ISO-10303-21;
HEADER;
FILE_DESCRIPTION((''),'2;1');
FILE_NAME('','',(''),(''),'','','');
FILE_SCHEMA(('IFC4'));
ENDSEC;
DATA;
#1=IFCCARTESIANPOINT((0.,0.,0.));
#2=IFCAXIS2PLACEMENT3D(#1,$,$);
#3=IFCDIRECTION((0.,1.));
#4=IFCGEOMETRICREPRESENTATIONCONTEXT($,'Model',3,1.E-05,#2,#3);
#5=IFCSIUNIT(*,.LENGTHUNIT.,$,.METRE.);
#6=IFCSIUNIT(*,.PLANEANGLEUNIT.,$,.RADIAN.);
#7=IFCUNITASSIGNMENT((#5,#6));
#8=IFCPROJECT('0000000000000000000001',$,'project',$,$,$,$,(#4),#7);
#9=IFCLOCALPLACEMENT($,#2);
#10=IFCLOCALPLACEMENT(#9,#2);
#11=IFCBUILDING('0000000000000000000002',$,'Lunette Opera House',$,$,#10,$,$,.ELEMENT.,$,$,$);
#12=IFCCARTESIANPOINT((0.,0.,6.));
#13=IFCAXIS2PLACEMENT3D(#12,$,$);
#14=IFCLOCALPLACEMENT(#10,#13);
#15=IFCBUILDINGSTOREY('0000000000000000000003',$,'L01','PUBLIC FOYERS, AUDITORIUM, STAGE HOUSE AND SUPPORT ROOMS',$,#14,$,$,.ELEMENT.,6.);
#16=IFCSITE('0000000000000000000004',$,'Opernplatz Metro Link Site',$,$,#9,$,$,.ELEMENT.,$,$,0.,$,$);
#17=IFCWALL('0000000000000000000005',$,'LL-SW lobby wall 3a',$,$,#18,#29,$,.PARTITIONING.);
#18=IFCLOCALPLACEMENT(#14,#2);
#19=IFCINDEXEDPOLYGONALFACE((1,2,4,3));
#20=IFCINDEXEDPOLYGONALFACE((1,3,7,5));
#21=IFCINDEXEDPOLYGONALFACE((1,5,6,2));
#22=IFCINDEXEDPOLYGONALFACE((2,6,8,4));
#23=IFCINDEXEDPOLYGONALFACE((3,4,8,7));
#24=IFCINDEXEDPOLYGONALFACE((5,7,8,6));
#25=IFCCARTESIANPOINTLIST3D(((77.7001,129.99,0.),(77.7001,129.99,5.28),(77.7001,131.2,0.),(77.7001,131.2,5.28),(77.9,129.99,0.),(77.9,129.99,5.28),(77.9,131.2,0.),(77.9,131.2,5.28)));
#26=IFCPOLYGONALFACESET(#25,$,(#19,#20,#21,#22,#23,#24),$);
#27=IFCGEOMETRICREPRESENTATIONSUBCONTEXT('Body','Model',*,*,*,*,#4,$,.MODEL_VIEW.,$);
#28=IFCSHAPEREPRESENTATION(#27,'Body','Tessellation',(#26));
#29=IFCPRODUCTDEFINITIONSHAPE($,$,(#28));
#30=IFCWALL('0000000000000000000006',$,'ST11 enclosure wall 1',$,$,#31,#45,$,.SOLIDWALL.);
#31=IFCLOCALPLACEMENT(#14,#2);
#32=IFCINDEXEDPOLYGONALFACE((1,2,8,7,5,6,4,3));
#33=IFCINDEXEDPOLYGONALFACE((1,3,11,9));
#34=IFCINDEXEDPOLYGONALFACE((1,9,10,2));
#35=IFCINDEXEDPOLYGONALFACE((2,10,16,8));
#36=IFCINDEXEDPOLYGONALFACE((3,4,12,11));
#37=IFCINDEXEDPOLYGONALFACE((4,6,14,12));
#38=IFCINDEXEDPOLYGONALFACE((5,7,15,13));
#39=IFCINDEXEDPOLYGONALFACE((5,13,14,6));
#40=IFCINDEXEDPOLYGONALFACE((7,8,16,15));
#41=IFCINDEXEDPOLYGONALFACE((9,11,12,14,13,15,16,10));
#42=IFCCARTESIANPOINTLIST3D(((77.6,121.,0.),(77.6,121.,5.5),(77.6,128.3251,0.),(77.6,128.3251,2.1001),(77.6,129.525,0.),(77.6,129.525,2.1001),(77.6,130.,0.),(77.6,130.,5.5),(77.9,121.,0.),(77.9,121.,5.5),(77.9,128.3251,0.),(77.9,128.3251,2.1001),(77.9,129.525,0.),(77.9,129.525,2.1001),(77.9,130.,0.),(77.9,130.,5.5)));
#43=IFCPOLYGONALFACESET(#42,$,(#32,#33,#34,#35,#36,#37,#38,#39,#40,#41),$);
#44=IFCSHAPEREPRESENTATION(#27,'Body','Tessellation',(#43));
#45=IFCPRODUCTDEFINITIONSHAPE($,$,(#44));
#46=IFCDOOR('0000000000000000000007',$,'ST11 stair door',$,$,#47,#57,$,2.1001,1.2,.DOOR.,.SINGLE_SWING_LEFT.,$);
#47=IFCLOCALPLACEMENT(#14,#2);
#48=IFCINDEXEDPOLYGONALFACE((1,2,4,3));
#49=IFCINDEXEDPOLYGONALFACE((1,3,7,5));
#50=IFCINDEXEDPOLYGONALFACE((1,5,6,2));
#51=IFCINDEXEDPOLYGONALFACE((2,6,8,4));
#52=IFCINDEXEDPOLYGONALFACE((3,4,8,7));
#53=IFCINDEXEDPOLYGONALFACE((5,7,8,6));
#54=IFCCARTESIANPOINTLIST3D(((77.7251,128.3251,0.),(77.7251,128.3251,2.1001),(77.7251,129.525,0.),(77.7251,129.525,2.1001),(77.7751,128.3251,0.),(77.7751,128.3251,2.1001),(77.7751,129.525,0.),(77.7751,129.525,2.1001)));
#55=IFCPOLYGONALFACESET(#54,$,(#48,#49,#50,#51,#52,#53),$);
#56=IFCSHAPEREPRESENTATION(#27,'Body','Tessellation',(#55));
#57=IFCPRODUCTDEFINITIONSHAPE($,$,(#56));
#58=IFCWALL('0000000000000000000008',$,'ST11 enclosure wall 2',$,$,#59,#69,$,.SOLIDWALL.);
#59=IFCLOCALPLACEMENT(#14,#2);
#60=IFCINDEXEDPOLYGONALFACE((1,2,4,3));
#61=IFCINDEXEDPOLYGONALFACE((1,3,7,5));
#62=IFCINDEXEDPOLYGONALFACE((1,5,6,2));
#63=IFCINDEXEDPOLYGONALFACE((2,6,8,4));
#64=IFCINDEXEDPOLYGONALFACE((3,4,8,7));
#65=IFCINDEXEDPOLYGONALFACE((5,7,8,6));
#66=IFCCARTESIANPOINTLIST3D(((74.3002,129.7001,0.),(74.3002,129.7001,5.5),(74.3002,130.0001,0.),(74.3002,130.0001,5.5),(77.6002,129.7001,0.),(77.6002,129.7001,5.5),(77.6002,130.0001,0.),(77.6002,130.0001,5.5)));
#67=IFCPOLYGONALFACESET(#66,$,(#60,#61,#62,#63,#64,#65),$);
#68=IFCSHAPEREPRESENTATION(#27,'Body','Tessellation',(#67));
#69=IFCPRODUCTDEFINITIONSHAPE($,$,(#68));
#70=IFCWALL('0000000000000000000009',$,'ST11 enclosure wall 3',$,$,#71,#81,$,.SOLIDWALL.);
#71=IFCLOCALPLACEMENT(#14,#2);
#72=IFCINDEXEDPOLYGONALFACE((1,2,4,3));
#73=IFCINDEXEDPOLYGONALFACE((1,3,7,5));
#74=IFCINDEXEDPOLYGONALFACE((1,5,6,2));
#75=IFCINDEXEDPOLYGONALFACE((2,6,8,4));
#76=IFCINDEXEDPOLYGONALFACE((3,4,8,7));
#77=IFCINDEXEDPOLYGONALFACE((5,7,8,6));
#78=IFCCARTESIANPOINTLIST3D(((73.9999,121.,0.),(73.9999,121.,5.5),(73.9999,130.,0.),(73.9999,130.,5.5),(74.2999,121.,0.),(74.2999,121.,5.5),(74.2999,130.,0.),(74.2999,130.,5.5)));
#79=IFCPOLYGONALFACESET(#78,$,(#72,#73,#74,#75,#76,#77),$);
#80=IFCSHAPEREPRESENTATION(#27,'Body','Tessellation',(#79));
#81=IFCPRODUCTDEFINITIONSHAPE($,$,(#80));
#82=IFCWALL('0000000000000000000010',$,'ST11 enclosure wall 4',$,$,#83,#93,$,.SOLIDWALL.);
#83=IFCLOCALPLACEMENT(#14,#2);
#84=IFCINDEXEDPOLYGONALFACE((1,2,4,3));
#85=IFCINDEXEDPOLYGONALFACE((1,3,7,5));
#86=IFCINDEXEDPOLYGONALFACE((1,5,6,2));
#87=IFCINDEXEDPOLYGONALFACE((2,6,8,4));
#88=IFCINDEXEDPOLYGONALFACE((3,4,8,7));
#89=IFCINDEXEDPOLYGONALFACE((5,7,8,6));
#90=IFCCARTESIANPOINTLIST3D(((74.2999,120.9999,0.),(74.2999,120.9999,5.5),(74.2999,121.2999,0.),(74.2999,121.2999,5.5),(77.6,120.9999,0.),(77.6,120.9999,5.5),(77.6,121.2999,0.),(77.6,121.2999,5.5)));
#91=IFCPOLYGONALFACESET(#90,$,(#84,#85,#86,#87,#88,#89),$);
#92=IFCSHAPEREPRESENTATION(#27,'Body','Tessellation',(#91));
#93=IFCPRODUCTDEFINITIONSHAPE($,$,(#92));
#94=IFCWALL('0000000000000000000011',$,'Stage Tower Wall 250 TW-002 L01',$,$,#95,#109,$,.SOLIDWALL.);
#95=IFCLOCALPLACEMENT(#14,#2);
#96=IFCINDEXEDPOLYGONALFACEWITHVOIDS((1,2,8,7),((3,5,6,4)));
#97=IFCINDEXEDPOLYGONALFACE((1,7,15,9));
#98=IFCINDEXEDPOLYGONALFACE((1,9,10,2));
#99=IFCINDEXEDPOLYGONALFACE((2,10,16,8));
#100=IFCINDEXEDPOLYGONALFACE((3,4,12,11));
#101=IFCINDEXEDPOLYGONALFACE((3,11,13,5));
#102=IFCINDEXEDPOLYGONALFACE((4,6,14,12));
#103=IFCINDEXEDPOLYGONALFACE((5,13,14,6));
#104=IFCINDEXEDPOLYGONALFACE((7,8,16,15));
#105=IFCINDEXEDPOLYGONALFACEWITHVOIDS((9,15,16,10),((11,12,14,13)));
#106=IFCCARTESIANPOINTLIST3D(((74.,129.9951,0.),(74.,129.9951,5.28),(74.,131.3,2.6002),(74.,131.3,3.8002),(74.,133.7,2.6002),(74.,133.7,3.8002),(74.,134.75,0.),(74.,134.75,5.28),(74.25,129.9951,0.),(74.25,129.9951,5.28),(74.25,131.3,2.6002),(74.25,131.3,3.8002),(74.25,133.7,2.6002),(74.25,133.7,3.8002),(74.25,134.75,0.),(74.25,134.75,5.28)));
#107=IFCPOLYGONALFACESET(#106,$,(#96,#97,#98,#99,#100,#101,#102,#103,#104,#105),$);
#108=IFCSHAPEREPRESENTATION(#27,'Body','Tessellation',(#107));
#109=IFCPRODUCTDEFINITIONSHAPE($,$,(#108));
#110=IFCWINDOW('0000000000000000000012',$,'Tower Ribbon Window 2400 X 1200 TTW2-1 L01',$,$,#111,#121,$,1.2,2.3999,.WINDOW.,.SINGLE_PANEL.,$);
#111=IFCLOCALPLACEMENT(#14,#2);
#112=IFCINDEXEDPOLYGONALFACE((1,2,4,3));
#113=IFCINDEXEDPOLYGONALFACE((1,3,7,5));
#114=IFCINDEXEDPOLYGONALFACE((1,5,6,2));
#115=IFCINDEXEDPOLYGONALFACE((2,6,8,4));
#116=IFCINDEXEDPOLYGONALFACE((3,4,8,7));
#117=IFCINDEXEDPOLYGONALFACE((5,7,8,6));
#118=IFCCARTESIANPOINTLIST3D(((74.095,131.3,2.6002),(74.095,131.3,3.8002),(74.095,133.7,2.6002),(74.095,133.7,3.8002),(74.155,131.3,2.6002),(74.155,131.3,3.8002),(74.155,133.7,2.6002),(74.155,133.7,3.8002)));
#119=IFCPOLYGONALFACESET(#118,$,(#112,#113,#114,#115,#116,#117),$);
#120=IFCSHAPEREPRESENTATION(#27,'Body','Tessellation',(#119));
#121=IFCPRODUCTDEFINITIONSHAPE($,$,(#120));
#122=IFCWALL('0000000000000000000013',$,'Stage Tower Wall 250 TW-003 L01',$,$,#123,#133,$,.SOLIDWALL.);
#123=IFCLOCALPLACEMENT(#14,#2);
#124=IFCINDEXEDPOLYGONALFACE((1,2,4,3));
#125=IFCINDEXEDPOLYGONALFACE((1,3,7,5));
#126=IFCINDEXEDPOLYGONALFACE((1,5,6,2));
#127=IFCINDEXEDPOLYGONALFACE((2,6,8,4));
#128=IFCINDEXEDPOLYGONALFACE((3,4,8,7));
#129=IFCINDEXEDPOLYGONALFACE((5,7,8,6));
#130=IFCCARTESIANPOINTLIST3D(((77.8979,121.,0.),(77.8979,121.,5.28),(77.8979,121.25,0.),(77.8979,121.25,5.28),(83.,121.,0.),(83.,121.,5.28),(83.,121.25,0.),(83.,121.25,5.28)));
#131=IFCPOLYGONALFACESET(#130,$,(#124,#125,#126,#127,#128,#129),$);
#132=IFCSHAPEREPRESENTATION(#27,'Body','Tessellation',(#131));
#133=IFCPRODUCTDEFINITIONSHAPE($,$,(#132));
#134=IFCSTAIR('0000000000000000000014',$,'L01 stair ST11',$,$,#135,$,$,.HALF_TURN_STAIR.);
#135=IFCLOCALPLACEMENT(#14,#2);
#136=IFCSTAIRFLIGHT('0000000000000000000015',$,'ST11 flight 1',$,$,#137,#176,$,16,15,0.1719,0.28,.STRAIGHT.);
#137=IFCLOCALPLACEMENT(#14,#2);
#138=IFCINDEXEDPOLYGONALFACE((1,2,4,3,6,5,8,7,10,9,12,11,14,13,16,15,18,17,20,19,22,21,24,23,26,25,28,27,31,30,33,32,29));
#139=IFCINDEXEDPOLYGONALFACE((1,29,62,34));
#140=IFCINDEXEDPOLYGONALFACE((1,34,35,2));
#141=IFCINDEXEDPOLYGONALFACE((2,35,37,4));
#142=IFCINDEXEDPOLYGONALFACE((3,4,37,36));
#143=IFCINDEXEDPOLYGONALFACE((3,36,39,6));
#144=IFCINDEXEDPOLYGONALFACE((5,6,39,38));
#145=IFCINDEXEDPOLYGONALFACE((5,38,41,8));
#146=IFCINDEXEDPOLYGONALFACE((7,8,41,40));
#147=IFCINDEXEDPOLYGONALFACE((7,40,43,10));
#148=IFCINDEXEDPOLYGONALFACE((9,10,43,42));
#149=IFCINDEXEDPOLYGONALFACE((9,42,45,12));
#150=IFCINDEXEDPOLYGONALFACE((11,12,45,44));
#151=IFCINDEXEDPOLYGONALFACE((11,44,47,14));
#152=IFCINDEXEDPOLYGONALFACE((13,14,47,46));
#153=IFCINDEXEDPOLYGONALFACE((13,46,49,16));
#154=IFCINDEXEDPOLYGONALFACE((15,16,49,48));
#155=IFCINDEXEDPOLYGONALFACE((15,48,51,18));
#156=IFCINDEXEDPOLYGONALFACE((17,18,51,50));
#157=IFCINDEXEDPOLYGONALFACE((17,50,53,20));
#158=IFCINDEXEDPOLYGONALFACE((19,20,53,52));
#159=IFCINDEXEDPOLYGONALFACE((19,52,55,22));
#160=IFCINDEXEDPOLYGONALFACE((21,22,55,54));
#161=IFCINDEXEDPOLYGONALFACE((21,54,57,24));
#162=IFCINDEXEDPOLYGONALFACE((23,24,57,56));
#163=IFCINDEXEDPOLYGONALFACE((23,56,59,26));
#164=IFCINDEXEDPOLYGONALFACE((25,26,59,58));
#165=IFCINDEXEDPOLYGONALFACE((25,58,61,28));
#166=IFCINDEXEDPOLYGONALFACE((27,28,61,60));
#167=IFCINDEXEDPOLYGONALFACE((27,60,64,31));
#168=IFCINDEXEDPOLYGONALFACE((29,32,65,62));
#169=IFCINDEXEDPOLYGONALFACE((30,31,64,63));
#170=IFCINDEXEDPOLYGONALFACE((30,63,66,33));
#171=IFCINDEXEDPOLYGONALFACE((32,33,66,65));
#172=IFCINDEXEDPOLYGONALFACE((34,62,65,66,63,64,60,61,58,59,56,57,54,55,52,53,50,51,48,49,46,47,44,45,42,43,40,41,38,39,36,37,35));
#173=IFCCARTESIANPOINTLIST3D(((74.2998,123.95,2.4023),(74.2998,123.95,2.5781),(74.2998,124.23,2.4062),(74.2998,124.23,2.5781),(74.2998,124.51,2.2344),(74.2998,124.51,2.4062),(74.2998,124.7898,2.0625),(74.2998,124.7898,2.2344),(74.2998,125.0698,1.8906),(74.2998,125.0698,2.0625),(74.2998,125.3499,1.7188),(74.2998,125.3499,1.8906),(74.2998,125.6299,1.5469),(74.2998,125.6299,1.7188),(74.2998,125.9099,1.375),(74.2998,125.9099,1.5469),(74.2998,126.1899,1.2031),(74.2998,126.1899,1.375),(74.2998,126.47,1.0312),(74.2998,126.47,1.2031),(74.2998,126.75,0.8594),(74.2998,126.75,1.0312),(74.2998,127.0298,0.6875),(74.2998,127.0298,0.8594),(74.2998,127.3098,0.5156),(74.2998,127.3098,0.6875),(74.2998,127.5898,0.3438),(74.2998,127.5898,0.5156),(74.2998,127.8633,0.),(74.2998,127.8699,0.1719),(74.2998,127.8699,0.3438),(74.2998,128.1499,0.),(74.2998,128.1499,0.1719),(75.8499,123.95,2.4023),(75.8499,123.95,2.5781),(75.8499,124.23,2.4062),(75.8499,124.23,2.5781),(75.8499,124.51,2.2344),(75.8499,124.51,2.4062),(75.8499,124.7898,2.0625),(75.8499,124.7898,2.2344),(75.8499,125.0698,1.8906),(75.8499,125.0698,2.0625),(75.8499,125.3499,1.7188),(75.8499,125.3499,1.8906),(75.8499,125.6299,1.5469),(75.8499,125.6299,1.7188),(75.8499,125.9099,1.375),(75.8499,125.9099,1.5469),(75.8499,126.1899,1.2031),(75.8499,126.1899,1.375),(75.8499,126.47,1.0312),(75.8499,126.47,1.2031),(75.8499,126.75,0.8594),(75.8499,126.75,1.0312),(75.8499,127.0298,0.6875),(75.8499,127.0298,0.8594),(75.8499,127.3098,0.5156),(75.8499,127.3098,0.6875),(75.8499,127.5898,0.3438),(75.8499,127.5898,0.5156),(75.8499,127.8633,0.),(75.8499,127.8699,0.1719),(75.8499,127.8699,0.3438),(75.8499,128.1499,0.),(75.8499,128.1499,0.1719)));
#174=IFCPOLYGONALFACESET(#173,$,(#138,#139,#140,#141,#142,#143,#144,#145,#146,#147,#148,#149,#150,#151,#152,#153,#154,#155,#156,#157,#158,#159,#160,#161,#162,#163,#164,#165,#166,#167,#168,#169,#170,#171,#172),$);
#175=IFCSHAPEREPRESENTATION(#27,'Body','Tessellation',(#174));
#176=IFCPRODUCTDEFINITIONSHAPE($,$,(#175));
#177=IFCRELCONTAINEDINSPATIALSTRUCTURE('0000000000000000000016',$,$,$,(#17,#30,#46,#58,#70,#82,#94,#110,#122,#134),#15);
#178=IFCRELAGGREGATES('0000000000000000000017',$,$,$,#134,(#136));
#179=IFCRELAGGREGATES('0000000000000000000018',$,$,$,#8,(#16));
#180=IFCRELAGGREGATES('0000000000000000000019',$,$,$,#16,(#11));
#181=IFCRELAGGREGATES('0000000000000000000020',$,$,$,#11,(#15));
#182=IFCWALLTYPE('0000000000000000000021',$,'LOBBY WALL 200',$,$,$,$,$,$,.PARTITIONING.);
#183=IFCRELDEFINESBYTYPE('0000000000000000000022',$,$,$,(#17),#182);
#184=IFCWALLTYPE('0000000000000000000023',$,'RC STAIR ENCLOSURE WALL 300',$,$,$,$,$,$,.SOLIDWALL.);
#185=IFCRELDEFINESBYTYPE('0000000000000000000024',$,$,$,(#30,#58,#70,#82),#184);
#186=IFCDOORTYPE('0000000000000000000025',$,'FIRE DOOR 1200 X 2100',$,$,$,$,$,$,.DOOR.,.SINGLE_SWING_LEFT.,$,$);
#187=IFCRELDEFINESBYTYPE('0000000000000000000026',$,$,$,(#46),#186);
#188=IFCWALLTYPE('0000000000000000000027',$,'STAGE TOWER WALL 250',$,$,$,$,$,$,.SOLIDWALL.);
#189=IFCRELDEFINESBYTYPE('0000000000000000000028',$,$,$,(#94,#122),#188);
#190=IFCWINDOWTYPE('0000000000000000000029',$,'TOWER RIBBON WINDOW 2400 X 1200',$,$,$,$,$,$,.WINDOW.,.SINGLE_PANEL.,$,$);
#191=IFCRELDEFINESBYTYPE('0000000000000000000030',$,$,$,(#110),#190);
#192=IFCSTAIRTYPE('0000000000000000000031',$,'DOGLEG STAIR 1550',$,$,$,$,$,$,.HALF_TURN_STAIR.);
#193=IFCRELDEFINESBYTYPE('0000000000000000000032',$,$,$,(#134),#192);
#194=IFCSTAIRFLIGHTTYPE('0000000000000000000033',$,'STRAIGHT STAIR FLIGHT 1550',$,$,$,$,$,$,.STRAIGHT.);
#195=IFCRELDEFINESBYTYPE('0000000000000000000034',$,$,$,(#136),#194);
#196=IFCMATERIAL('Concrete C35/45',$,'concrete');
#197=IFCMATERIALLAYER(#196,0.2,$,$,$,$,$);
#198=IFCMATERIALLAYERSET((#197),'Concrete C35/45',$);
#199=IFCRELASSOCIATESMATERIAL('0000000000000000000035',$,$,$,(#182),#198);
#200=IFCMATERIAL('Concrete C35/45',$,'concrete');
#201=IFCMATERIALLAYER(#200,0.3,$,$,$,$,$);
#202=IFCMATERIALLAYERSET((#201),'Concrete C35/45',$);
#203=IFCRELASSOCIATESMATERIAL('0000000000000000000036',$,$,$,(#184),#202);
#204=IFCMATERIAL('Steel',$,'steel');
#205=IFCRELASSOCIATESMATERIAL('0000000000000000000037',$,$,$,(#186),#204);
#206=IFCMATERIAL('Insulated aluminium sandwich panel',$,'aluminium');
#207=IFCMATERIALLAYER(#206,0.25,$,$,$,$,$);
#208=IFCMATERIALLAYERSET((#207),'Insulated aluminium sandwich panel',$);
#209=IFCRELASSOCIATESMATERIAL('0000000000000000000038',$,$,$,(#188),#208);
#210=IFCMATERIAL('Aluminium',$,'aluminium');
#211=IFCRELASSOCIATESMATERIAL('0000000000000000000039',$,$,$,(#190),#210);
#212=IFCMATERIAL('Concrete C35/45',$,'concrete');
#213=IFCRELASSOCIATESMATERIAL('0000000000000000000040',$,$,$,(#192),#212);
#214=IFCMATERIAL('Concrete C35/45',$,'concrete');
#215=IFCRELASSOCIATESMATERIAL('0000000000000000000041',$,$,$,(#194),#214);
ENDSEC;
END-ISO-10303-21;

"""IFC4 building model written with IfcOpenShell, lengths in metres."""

from ifc_helpers import new_model, si_unit, direction, frame, frame_2d, origin, place, context, subcontext, project, spatial, polyline, rectangle, outline, extrude, material, layer, layer_set, type_object, element, fill, aggregate, save


model = new_model("IFC4")

# Units and contexts
model_context = context("Model", 3, precision=1e-05, world=origin(), true_north=direction((0.0, 1.0)))
body_context = subcontext(model_context, "Body", "Model", "MODEL_VIEW")
ifc_project = project(units=[si_unit("LENGTHUNIT", "METRE"), si_unit("PLANEANGLEUNIT", "RADIAN")], contexts=[model_context])

# Site, building, storey
site_placement = place(None, origin())
site = spatial("IfcSite", under=ifc_project, at=site_placement, Name="Opernplatz Metro Link Site", CompositionType="ELEMENT", RefElevation=0.0)
building_placement = place(site_placement, origin())
building = spatial("IfcBuilding", under=site, at=building_placement, Name="Lunette Opera House", CompositionType="ELEMENT")
storey_placement = place(building_placement, frame((0.0, 0.0, 6.0)))
storey = spatial("IfcBuildingStorey", under=building, at=storey_placement, Name="L01", Description="PUBLIC FOYERS, AUDITORIUM, STAGE HOUSE AND SUPPORT ROOMS", CompositionType="ELEMENT", Elevation=6.0)

# Wall
ifc_material_1 = material(Name="Concrete C35/45", Category="concrete")
ifc_layer_1 = layer(ifc_material_1, 0.2)
ifc_layer_set_1 = layer_set([ifc_layer_1], Name="Concrete C35/45")
wall_type_1 = type_object("IfcWallType", Name="LOBBY WALL 200", PredefinedType="PARTITIONING", material=ifc_layer_set_1)
wall_1_placement = place(storey_placement, frame((77.8, 131.2, 0.0), z_axis=(0.0, 0.0, 1.0), x_axis=(0.0, -1.0, 0.0)))
element("IfcWall", 1, at=wall_1_placement, inside=storey, type_object=wall_type_1, Name="LL-SW lobby wall 3a", PredefinedType="PARTITIONING", context=body_context, shape_type="SweptSolid", body=[
    extrude(rectangle(XDim=1.21, YDim=0.2, at=frame_2d((0.605, 0.0))), origin(), (0.0, 0.0, 1.0), 5.28),
])

# Wall, opening, door
ifc_material_2 = material(Name="Concrete C35/45", Category="concrete")
ifc_layer_2 = layer(ifc_material_2, 0.3)
ifc_layer_set_2 = layer_set([ifc_layer_2], Name="Concrete C35/45")
wall_type_2 = type_object("IfcWallType", Name="RC STAIR ENCLOSURE WALL 300", PredefinedType="SOLIDWALL", material=ifc_layer_set_2)
wall_2_placement = place(storey_placement, frame((77.75, 121.0, 0.0), z_axis=(0.0, 0.0, 1.0), x_axis=(0.0, 1.0, 0.0)))
wall_2 = element("IfcWall", 2, at=wall_2_placement, inside=storey, type_object=wall_type_2, Name="ST11 enclosure wall 1", PredefinedType="SOLIDWALL", context=body_context, shape_type="SweptSolid", body=[
    extrude(rectangle(XDim=9.0, YDim=0.3, at=frame_2d((4.5, 0.0))), origin(), (0.0, 0.0, 1.0), 5.5),
])
opening_1_placement = place(wall_2_placement, frame((7.325, 0.0, 0.0)))
opening_1 = element("IfcOpeningElement", 3, at=opening_1_placement, cuts=wall_2, PredefinedType="OPENING", context=body_context, shape_type="SweptSolid", body=[
    extrude(rectangle(XDim=1.2, YDim=2.1001, at=frame_2d((0.6001, 1.05))), frame((0.0, 0.1621, 0.0), z_axis=(0.0, -1.0, 0.0), x_axis=(1.0, 0.0, 0.0)), (0.0, 0.0, 1.0), 0.324),
])
ifc_material_3 = material(Name="Steel", Category="steel")
door_type = type_object("IfcDoorType", Name="FIRE DOOR 1200 X 2100", OperationType="SINGLE_SWING_LEFT", PredefinedType="DOOR", material=ifc_material_3)
door_placement = place(opening_1_placement, origin())
door = element("IfcDoor", 4, at=door_placement, inside=storey, type_object=door_type, Name="ST11 stair door", OperationType="SINGLE_SWING_LEFT", OverallHeight=2.1001, OverallWidth=1.2, PredefinedType="DOOR", context=body_context, shape_type="SweptSolid", body=[
    extrude(rectangle(XDim=1.2, YDim=2.1001, at=frame_2d((0.6001, 1.05))), frame((0.0, 0.0249, 0.0), z_axis=(0.0, -1.0, 0.0), x_axis=(1.0, 0.0, 0.0)), (0.0, 0.0, 1.0), 0.05),
])
fill(opening_1, door)

# Walls
wall_3_placement = place(storey_placement, frame((77.6001, 129.8501, 0.0), z_axis=(0.0, 0.0, 1.0), x_axis=(-1.0, 0.0, 0.0)))
element("IfcWall", 5, at=wall_3_placement, inside=storey, type_object=wall_type_2, Name="ST11 enclosure wall 2", PredefinedType="SOLIDWALL", context=body_context, shape_type="SweptSolid", body=[
    extrude(rectangle(XDim=3.3, YDim=0.3, at=frame_2d((1.6499, 0.0))), origin(), (0.0, 0.0, 1.0), 5.5),
])
wall_4_placement = place(storey_placement, frame((74.1499, 130.0, 0.0), z_axis=(0.0, 0.0, 1.0), x_axis=(0.0, -1.0, 0.0)))
element("IfcWall", 6, at=wall_4_placement, inside=storey, type_object=wall_type_2, Name="ST11 enclosure wall 3", PredefinedType="SOLIDWALL", context=body_context, shape_type="SweptSolid", body=[
    extrude(rectangle(XDim=9.0, YDim=0.3, at=frame_2d((4.5, 0.0))), origin(), (0.0, 0.0, 1.0), 5.5),
])
wall_5_placement = place(storey_placement, frame((74.3, 121.1499, 0.0), z_axis=(0.0, 0.0, 1.0), x_axis=(1.0, 0.0, 0.0)))
element("IfcWall", 7, at=wall_5_placement, inside=storey, type_object=wall_type_2, Name="ST11 enclosure wall 4", PredefinedType="SOLIDWALL", context=body_context, shape_type="SweptSolid", body=[
    extrude(rectangle(XDim=3.3, YDim=0.3, at=frame_2d((1.6499, 0.0))), origin(), (0.0, 0.0, 1.0), 5.5),
])

# Wall, opening, window
ifc_material_4 = material(Name="Insulated aluminium sandwich panel", Category="aluminium")
ifc_layer_3 = layer(ifc_material_4, 0.25)
ifc_layer_set_3 = layer_set([ifc_layer_3], Name="Insulated aluminium sandwich panel")
wall_type_3 = type_object("IfcWallType", Name="STAGE TOWER WALL 250", PredefinedType="SOLIDWALL", material=ifc_layer_set_3)
wall_6_placement = place(storey_placement, frame((74.125, 134.75, 0.0), z_axis=(0.0, 0.0, 1.0), x_axis=(0.0, -1.0, 0.0)))
wall_6 = element("IfcWall", 8, at=wall_6_placement, inside=storey, type_object=wall_type_3, Name="Stage Tower Wall 250 TW-002 L01", PredefinedType="SOLIDWALL", context=body_context, shape_type="SweptSolid", body=[
    extrude(rectangle(XDim=4.7549, YDim=0.25, at=frame_2d((2.3774, 0.0))), origin(), (0.0, 0.0, 1.0), 5.28),
])
opening_2_placement = place(wall_6_placement, frame((1.05, 0.0, 2.6001)))
opening_2 = element("IfcOpeningElement", 9, at=opening_2_placement, cuts=wall_6, PredefinedType="OPENING", context=body_context, shape_type="SweptSolid", body=[
    extrude(rectangle(XDim=2.3999, YDim=1.2, at=frame_2d((1.2, 0.6001))), frame((0.0, 0.137, 0.0), z_axis=(0.0, -1.0, 0.0), x_axis=(1.0, 0.0, 0.0)), (0.0, 0.0, 1.0), 0.2739),
])
ifc_material_5 = material(Name="Aluminium", Category="aluminium")
window_type = type_object("IfcWindowType", Name="TOWER RIBBON WINDOW 2400 X 1200", PartitioningType="SINGLE_PANEL", PredefinedType="WINDOW", material=ifc_material_5)
window_placement = place(opening_2_placement, origin())
window = element("IfcWindow", 10, at=window_placement, inside=storey, type_object=window_type, Name="Tower Ribbon Window 2400 X 1200 TTW2-1 L01", OverallHeight=1.2, OverallWidth=2.3999, PartitioningType="SINGLE_PANEL", PredefinedType="WINDOW", context=body_context, shape_type="SweptSolid", body=[
    extrude(rectangle(XDim=2.3999, YDim=1.2, at=frame_2d((1.2, 0.6001))), frame((0.0, 0.03, 0.0), z_axis=(0.0, -1.0, 0.0), x_axis=(1.0, 0.0, 0.0)), (0.0, 0.0, 1.0), 0.0601),
])
fill(opening_2, window)

# Wall
wall_7_placement = place(storey_placement, frame((77.8979, 121.125, 0.0), z_axis=(0.0, 0.0, 1.0), x_axis=(1.0, 0.0, 0.0)))
element("IfcWall", 11, at=wall_7_placement, inside=storey, type_object=wall_type_3, Name="Stage Tower Wall 250 TW-003 L01", PredefinedType="SOLIDWALL", context=body_context, shape_type="SweptSolid", body=[
    extrude(rectangle(XDim=5.1021, YDim=0.25, at=frame_2d((2.551, 0.0))), origin(), (0.0, 0.0, 1.0), 5.28),
])

# Stair, stair flight
ifc_material_6 = material(Name="Concrete C35/45", Category="concrete")
stair_type = type_object("IfcStairType", Name="DOGLEG STAIR 1550", PredefinedType="HALF_TURN_STAIR", material=ifc_material_6)
stair_placement = place(storey_placement, origin())
stair = element("IfcStair", 12, at=stair_placement, inside=storey, type_object=stair_type, Name="L01 stair ST11", PredefinedType="HALF_TURN_STAIR")
ifc_material_7 = material(Name="Concrete C35/45", Category="concrete")
stair_flight_type = type_object("IfcStairFlightType", Name="STRAIGHT STAIR FLIGHT 1550", PredefinedType="STRAIGHT", material=ifc_material_7)
stair_flight_1_placement = place(storey_placement, frame((75.075, 128.1499, 0.0), z_axis=(0.0, 0.0, 1.0), x_axis=(0.0, -1.0, 0.0)))
stair_flight_1 = element("IfcStairFlight", 13, at=stair_flight_1_placement, type_object=stair_flight_type, Name="ST11 flight 1", NumberOfRisers=16, NumberOfTreads=15, PredefinedType="STRAIGHT", RiserHeight=0.1719, TreadLength=0.28, context=body_context, shape_type="SweptSolid", body=[
    extrude(outline(polyline([(0.0, 0.0), (0.0, 0.1719), (0.28, 0.1719), (0.28, 0.3438), (0.5601, 0.3438), (0.5601, 0.5156), (0.8401, 0.5156), (0.8401, 0.6875), (1.1201, 0.6875), (1.1201, 0.8594), (1.3999, 0.8594), (1.3999, 1.0312), (1.6799, 1.0312), (1.6799, 1.2031), (1.96, 1.2031), (1.96, 1.375), (2.24, 1.375), (2.24, 1.5469), (2.52, 1.5469), (2.52, 1.7188), (2.8, 1.7188), (2.8, 1.8906), (3.0801, 1.8906), (3.0801, 2.0625), (3.3601, 2.0625), (3.3601, 2.2344), (3.6399, 2.2344), (3.6399, 2.4062), (3.9199, 2.4062), (3.9199, 2.5781), (4.2, 2.5781), (4.2, 2.75), (4.2, 2.4023), (0.2866, 0.0), (0.0, 0.0)])), frame((0.0, 0.7749, 0.0), z_axis=(0.0, -1.0, 0.0), x_axis=(1.0, 0.0, 0.0)), (0.0, 0.0, 1.0), 1.55),
])
aggregate(stair, [stair_flight_1])

save(model, "model.ifc")
